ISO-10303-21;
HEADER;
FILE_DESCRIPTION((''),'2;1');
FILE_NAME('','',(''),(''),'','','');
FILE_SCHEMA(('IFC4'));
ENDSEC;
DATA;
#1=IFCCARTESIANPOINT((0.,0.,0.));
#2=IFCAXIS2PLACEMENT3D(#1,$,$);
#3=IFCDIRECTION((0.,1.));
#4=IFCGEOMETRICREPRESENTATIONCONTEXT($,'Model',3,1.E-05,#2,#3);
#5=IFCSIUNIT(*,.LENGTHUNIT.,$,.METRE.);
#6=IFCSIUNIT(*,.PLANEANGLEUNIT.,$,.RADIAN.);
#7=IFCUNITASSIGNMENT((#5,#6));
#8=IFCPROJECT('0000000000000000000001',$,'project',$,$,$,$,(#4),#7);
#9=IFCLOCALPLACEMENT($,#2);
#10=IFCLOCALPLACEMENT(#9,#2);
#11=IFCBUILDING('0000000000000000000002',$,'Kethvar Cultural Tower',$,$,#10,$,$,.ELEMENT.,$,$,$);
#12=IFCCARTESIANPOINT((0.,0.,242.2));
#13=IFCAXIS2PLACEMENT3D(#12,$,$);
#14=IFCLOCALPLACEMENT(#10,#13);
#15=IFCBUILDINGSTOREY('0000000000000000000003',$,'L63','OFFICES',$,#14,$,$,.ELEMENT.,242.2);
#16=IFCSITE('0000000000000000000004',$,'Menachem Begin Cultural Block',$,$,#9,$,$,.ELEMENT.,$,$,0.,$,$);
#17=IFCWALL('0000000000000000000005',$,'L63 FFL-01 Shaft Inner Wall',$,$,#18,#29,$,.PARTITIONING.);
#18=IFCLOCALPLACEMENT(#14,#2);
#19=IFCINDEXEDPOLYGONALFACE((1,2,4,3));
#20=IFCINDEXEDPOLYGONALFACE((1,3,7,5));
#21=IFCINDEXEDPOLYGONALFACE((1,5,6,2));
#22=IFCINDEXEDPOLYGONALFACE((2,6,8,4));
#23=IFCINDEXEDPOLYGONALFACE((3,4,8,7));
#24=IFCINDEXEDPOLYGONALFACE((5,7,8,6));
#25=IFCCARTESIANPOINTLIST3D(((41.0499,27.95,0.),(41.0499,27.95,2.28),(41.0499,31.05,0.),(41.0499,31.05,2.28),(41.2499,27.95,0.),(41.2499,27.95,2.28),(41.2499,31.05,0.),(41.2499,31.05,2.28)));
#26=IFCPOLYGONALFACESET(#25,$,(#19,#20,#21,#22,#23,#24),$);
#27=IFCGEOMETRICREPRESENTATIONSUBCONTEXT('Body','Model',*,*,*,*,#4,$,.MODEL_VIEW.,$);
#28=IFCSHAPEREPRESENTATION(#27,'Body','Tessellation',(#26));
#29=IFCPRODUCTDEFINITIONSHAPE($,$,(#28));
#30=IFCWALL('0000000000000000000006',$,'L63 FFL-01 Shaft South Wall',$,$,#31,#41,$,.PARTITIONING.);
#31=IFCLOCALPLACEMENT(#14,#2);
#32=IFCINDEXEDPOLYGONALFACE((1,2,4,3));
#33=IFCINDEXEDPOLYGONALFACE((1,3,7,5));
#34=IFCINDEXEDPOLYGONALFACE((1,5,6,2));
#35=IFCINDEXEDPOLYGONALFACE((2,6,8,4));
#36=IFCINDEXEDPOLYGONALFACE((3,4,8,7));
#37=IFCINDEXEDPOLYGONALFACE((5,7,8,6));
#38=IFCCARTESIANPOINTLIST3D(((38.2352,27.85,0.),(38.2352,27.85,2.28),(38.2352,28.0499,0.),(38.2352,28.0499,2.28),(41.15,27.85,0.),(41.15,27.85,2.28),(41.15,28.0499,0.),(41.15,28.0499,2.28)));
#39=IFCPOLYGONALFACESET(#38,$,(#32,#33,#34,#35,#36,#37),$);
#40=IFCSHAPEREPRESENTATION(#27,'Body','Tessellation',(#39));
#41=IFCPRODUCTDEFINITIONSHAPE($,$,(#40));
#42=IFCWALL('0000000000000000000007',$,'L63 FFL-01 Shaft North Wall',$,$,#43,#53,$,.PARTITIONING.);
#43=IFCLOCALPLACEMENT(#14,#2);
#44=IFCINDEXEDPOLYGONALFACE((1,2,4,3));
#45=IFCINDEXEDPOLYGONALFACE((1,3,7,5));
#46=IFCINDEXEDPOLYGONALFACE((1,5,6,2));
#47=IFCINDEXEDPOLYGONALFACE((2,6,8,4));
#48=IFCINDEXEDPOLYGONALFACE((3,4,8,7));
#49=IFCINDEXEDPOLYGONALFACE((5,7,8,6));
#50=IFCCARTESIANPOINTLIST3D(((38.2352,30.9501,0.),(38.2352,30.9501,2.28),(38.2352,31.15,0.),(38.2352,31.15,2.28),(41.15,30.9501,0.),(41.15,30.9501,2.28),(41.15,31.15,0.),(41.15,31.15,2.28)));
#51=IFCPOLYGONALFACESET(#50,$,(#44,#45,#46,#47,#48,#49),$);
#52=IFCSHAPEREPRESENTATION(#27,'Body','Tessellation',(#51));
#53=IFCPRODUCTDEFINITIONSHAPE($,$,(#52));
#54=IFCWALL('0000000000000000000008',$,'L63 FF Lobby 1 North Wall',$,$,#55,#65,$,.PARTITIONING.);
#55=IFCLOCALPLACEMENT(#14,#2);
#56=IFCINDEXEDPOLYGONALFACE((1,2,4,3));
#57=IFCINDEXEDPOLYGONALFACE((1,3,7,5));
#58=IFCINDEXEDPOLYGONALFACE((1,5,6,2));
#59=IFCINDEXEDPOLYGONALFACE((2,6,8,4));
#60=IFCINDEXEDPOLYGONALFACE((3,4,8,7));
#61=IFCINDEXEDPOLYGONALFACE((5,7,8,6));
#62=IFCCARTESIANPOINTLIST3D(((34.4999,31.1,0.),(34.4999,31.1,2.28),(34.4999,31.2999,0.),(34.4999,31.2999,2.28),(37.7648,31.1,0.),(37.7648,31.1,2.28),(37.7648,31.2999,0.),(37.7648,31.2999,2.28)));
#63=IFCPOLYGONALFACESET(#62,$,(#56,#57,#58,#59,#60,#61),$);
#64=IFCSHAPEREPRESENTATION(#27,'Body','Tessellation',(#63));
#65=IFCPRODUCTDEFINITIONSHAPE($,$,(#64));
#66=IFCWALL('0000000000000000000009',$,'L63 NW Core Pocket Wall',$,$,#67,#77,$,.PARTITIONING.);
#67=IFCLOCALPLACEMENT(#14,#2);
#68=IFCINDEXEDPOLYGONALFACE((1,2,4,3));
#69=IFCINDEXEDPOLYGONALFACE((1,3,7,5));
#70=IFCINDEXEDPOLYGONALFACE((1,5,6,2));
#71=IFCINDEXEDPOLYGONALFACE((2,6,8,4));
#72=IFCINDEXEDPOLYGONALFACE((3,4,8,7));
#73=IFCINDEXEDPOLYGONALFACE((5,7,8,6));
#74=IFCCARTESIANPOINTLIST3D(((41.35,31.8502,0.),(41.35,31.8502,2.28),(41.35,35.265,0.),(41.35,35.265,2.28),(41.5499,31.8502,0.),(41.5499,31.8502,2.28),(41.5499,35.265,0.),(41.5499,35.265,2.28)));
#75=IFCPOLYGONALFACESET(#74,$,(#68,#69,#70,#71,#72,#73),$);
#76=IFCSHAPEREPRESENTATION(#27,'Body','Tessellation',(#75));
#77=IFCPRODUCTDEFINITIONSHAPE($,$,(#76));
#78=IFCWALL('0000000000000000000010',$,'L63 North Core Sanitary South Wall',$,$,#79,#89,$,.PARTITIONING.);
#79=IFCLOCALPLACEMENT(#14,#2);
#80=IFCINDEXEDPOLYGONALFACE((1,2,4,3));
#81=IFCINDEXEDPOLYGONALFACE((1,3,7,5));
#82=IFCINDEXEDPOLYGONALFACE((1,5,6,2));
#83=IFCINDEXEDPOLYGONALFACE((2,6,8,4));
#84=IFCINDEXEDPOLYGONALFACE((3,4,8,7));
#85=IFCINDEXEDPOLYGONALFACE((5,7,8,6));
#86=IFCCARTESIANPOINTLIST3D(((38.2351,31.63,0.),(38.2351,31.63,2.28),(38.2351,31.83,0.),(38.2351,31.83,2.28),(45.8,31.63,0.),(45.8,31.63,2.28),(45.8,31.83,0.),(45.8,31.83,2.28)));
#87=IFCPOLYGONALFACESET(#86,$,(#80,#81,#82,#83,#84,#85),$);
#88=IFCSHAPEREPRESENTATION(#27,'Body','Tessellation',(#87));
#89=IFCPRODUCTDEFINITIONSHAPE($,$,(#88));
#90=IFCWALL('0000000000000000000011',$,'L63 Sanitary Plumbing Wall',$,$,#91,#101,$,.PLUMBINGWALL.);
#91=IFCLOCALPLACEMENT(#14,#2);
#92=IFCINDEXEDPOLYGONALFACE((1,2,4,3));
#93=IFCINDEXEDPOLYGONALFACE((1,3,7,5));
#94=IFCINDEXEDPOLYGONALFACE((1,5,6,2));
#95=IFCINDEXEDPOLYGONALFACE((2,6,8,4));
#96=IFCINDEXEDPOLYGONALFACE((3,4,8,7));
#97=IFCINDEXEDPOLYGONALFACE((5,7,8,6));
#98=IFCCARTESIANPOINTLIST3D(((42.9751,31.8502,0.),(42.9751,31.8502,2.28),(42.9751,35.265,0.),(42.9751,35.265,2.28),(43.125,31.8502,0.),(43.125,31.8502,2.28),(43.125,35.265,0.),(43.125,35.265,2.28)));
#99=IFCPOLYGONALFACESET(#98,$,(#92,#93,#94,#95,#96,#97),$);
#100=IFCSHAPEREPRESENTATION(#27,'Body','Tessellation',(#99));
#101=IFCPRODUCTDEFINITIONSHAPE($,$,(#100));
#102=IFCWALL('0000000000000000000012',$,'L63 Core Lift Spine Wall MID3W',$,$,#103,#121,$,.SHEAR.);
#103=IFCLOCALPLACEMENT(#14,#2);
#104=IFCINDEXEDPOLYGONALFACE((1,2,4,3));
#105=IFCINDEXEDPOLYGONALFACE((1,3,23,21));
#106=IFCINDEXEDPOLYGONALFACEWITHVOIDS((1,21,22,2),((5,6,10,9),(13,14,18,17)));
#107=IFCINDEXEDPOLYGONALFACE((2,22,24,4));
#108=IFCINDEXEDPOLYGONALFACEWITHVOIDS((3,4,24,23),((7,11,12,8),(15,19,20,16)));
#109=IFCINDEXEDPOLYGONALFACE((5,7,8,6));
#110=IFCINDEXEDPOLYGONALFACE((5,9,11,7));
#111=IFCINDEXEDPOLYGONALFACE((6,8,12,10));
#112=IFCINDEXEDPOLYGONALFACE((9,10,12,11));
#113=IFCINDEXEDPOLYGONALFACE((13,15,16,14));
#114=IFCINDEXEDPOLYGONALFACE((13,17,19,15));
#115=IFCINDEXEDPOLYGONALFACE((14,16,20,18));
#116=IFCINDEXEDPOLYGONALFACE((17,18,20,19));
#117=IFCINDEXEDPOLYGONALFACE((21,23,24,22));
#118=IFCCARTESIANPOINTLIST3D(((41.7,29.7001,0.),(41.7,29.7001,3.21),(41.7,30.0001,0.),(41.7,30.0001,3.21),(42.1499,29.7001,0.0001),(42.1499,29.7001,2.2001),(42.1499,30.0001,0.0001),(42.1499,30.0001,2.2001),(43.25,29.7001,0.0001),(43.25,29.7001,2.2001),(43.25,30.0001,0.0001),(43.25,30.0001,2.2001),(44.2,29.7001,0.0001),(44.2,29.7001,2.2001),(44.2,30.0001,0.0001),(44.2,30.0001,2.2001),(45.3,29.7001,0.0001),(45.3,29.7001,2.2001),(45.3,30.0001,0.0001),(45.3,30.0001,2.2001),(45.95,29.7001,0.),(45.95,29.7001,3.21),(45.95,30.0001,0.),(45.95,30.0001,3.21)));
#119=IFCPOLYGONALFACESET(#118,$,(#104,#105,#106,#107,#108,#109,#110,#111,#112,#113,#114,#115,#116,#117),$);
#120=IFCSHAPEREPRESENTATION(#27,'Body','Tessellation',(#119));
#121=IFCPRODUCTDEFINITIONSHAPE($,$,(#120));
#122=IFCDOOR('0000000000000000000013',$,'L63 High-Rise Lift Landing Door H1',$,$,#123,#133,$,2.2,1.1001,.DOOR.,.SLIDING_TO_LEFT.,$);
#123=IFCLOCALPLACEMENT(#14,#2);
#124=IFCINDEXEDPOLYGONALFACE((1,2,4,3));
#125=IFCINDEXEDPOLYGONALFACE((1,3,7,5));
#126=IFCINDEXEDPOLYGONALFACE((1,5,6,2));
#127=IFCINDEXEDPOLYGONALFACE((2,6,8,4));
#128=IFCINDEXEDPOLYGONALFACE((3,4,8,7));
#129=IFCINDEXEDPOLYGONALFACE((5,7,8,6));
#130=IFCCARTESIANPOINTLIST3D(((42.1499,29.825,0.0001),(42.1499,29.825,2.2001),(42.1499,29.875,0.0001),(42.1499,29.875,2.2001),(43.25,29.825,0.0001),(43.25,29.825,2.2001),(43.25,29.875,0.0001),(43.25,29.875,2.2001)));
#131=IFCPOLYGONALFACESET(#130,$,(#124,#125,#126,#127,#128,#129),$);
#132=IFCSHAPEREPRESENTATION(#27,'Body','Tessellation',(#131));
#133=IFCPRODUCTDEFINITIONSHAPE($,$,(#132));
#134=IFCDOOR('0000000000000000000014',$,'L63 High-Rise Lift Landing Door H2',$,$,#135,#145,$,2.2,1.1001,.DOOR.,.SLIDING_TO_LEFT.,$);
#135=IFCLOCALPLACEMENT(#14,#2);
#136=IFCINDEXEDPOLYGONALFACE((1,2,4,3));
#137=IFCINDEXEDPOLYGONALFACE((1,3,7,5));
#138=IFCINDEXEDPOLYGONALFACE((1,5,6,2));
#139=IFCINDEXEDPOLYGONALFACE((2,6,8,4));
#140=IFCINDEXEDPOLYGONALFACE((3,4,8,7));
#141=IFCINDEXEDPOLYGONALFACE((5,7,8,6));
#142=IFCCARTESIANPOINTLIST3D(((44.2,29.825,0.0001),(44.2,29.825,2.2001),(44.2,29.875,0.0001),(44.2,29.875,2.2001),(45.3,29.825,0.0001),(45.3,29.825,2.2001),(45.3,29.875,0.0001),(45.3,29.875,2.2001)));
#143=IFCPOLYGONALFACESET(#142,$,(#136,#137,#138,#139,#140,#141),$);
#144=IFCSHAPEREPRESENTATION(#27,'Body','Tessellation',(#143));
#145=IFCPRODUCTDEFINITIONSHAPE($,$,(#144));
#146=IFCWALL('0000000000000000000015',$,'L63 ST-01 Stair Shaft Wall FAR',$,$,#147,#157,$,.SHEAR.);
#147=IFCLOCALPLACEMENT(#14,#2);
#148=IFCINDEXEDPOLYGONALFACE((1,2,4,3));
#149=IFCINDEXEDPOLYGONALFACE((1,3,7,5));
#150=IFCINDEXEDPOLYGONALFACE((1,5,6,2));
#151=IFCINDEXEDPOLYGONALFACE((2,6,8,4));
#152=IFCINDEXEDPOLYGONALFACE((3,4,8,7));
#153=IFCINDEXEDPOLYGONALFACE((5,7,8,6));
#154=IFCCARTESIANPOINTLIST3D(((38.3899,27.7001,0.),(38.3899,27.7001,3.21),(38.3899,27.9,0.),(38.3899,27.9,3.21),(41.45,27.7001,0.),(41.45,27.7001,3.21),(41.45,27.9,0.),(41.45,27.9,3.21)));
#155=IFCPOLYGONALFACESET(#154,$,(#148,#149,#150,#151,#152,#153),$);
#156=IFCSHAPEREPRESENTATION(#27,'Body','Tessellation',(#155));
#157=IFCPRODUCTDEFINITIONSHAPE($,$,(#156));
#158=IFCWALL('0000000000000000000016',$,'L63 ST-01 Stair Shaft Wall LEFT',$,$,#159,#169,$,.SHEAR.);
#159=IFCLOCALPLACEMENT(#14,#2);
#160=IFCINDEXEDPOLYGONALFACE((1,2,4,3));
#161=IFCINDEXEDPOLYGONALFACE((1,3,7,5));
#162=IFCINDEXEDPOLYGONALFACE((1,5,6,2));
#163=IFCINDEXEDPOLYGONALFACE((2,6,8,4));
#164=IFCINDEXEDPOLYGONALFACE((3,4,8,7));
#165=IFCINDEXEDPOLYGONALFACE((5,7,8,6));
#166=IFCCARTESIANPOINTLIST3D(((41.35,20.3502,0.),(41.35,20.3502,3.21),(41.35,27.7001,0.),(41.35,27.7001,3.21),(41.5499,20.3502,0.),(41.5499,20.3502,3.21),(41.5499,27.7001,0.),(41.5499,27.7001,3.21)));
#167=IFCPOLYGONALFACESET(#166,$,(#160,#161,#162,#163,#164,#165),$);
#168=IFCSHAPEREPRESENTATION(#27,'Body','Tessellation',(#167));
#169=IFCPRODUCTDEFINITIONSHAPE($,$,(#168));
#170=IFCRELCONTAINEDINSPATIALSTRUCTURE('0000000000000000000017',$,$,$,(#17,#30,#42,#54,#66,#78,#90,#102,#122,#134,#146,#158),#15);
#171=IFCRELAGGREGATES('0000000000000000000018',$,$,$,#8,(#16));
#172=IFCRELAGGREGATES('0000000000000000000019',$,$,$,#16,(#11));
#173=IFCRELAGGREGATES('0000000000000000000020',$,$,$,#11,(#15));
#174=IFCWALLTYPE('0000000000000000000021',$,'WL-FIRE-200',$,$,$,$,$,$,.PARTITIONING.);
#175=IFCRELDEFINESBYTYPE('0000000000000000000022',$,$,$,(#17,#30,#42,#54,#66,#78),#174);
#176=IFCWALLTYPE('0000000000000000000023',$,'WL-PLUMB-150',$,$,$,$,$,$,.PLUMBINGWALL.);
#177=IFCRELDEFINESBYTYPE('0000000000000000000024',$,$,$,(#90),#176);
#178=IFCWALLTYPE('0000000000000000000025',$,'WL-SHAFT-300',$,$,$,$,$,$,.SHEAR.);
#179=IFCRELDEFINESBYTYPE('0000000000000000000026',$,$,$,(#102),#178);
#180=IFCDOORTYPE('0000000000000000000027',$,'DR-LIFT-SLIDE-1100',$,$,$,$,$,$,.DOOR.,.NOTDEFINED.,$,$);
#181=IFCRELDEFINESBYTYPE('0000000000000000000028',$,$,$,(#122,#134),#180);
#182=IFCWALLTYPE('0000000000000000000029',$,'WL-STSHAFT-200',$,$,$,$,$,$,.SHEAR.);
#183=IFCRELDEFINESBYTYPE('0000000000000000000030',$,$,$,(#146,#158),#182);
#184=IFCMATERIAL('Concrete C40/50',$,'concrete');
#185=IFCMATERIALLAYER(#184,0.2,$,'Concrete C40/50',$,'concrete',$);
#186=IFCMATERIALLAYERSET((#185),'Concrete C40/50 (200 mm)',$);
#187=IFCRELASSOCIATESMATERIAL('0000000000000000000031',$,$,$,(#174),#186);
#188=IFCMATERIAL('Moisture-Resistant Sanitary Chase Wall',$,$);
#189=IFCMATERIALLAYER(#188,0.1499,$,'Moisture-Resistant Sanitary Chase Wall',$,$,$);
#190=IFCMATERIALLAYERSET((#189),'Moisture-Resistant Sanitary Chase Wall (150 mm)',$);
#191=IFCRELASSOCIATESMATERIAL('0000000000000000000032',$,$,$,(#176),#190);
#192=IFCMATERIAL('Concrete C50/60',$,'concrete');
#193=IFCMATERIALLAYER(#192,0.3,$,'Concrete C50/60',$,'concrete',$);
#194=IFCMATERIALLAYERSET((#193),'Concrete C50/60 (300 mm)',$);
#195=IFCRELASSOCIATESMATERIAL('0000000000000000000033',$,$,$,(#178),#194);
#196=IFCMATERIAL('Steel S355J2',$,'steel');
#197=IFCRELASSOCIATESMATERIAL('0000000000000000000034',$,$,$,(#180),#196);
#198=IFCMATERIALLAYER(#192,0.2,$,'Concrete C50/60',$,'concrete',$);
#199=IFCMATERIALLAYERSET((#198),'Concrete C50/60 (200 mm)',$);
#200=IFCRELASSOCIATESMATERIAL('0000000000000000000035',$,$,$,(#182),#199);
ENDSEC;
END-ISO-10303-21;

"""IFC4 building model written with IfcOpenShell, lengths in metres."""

from ifc_helpers import new_model, si_unit, direction, frame, frame_2d, origin, place, context, subcontext, project, spatial, rectangle, extrude, source, transform, mapped, material, layer, layer_set, type_object, element, fill, save


model = new_model("IFC4")

# Units and contexts
model_context = context("Model", 3, precision=1e-05, world=origin(), true_north=direction((0.0, 1.0)))
body_context = subcontext(model_context, "Body", "Model", "MODEL_VIEW")
ifc_project = project(units=[si_unit("LENGTHUNIT", "METRE"), si_unit("PLANEANGLEUNIT", "RADIAN")], contexts=[model_context])

# Site, building, storey
site_placement = place(None, origin())
site = spatial("IfcSite", under=ifc_project, at=site_placement, Name="Menachem Begin Cultural Block", CompositionType="ELEMENT", RefElevation=0.0)
building_placement = place(site_placement, origin())
building = spatial("IfcBuilding", under=site, at=building_placement, Name="Kethvar Cultural Tower", CompositionType="ELEMENT")
storey_placement = place(building_placement, frame((0.0, 0.0, 242.2)))
storey = spatial("IfcBuildingStorey", under=building, at=storey_placement, Name="L63", Description="OFFICES", CompositionType="ELEMENT", Elevation=242.2)

# Shared definitions
ifc_material_1 = material(Name="Steel S355J2", Category="steel")

# Walls
ifc_material_2 = material(Name="Concrete C40/50", Category="concrete")
ifc_layer_1 = layer(ifc_material_2, 0.2, Name="Concrete C40/50", Category="concrete")
ifc_layer_set_1 = layer_set([ifc_layer_1], Name="Concrete C40/50 (200 mm)")
wall_type_1 = type_object("IfcWallType", Name="WL-FIRE-200", PredefinedType="PARTITIONING", material=ifc_layer_set_1)
wall_1_placement = place(storey_placement, frame((41.1499, 27.95, 0.0), z_axis=(0.0, 0.0, 1.0), x_axis=(0.0, 1.0, 0.0)))
element("IfcWall", 1, at=wall_1_placement, inside=storey, type_object=wall_type_1, Name="L63 FFL-01 Shaft Inner Wall", PredefinedType="PARTITIONING", context=body_context, shape_type="SweptSolid", body=[
    extrude(rectangle(XDim=3.1001, YDim=0.2, at=frame_2d((1.55, 0.0))), origin(), (0.0, 0.0, 1.0), 2.28),
])
for number, where, z_axis, x_axis, name in (
    (2, (38.2351, 27.95, 0.0), (0.0, 0.0, 1.0), (1.0, 0.0, 0.0), "L63 FFL-01 Shaft South Wall"),
    (3, (38.2351, 31.05, 0.0), (0.0, 0.0, 1.0), (1.0, 0.0, 0.0), "L63 FFL-01 Shaft North Wall"),
):
    element("IfcWall", number, at=place(storey_placement, frame(where, z_axis=z_axis, x_axis=x_axis)), inside=storey, type_object=wall_type_1, Name=name, PredefinedType="PARTITIONING", context=body_context, shape_type="SweptSolid", body=[
        extrude(rectangle(XDim=2.9148, YDim=0.2, at=frame_2d((1.4575, 0.0))), origin(), (0.0, 0.0, 1.0), 2.28),
    ])

# Walls
wall_2_placement = place(storey_placement, frame((34.5, 31.2, 0.0), z_axis=(0.0, 0.0, 1.0), x_axis=(1.0, 0.0, 0.0)))
element("IfcWall", 4, at=wall_2_placement, inside=storey, type_object=wall_type_1, Name="L63 FF Lobby 1 North Wall", PredefinedType="PARTITIONING", context=body_context, shape_type="SweptSolid", body=[
    extrude(rectangle(XDim=3.2649, YDim=0.2, at=frame_2d((1.6323, 0.0))), origin(), (0.0, 0.0, 1.0), 2.28),
])
wall_3_placement = place(storey_placement, frame((41.45, 31.8501, 0.0), z_axis=(0.0, 0.0, 1.0), x_axis=(0.0, 1.0, 0.0)))
element("IfcWall", 5, at=wall_3_placement, inside=storey, type_object=wall_type_1, Name="L63 NW Core Pocket Wall", PredefinedType="PARTITIONING", context=body_context, shape_type="SweptSolid", body=[
    extrude(rectangle(XDim=3.4148, YDim=0.2, at=frame_2d((1.7075, 0.0))), origin(), (0.0, 0.0, 1.0), 2.28),
])
wall_4_placement = place(storey_placement, frame((38.2351, 31.73, 0.0), z_axis=(0.0, 0.0, 1.0), x_axis=(1.0, 0.0, 0.0)))
element("IfcWall", 6, at=wall_4_placement, inside=storey, type_object=wall_type_1, Name="L63 North Core Sanitary South Wall", PredefinedType="PARTITIONING", context=body_context, shape_type="SweptSolid", body=[
    extrude(rectangle(XDim=7.5649, YDim=0.2, at=frame_2d((3.7825, 0.0))), origin(), (0.0, 0.0, 1.0), 2.28),
])
ifc_material_3 = material(Name="Moisture-Resistant Sanitary Chase Wall")
ifc_layer_2 = layer(ifc_material_3, 0.1499, Name="Moisture-Resistant Sanitary Chase Wall")
ifc_layer_set_2 = layer_set([ifc_layer_2], Name="Moisture-Resistant Sanitary Chase Wall (150 mm)")
wall_type_2 = type_object("IfcWallType", Name="WL-PLUMB-150", PredefinedType="PLUMBINGWALL", material=ifc_layer_set_2)
wall_5_placement = place(storey_placement, frame((43.05, 31.8501, 0.0), z_axis=(0.0, 0.0, 1.0), x_axis=(0.0, 1.0, 0.0)))
element("IfcWall", 7, at=wall_5_placement, inside=storey, type_object=wall_type_2, Name="L63 Sanitary Plumbing Wall", PredefinedType="PLUMBINGWALL", context=body_context, shape_type="SweptSolid", body=[
    extrude(rectangle(XDim=3.4148, YDim=0.1499, at=frame_2d((1.7075, 0.0))), origin(), (0.0, 0.0, 1.0), 2.28),
])

# Shared definitions
ifc_material_4 = material(Name="Concrete C50/60", Category="concrete")
ifc_layer_3 = layer(ifc_material_4, 0.3, Name="Concrete C50/60", Category="concrete")
ifc_layer_set_3 = layer_set([ifc_layer_3], Name="Concrete C50/60 (300 mm)")
wall_type_3 = type_object("IfcWallType", Name="WL-SHAFT-300", PredefinedType="SHEAR", material=ifc_layer_set_3)

# Wall, openings, doors
wall_6_placement = place(storey_placement, frame((41.7, 29.8501, 0.0), z_axis=(0.0, 0.0, 1.0), x_axis=(1.0, 0.0, 0.0)))
wall_6 = element("IfcWall", 8, at=wall_6_placement, inside=storey, type_object=wall_type_3, Name="L63 Core Lift Spine Wall MID3W", PredefinedType="SHEAR", context=body_context, shape_type="SweptSolid", body=[
    extrude(rectangle(XDim=4.25, YDim=0.3, at=frame_2d((2.125, 0.0))), origin(), (0.0, 0.0, 1.0), 3.21),
])
opening_1_placement = place(wall_6_placement, frame((0.45, 0.0, 0.0)))
opening_1 = element("IfcOpeningElement", 9, at=opening_1_placement, cuts=wall_6, PredefinedType="OPENING", context=body_context, shape_type="SweptSolid", body=[
    extrude(rectangle(XDim=1.1001, YDim=2.2, at=frame_2d((0.55, 1.1001))), frame((0.0, 0.1599, 0.0), z_axis=(0.0, -1.0, 0.0), x_axis=(1.0, 0.0, 0.0)), (0.0, 0.0, 1.0), 0.3201),
])
opening_2_placement = place(wall_6_placement, frame((2.5, 0.0, 0.0)))
opening_2 = element("IfcOpeningElement", 10, at=opening_2_placement, cuts=wall_6, PredefinedType="OPENING", context=body_context, shape_type="SweptSolid", body=[
    extrude(rectangle(XDim=1.1001, YDim=2.2, at=frame_2d((0.55, 1.1001))), frame((0.0, 0.1599, 0.0), z_axis=(0.0, -1.0, 0.0), x_axis=(1.0, 0.0, 0.0)), (0.0, 0.0, 1.0), 0.3201),
])
door_type_1 = type_object("IfcDoorType", Name="DR-LIFT-SLIDE-1100", OperationType="NOTDEFINED", PredefinedType="DOOR", material=ifc_material_1)
shared_shape_1 = source(origin(), body_context, "Body", "SweptSolid", [
    extrude(rectangle(XDim=1.1001, YDim=2.2, at=frame_2d((0.55, 1.1001))), frame((0.0, 0.0249, 0.0), z_axis=(0.0, -1.0, 0.0), x_axis=(1.0, 0.0, 0.0)), (0.0, 0.0, 1.0), 0.05),
])
door_1_placement = place(opening_1_placement, origin())
door_1 = element("IfcDoor", 11, at=door_1_placement, inside=storey, type_object=door_type_1, Name="L63 High-Rise Lift Landing Door H1", OperationType="SLIDING_TO_LEFT", OverallHeight=2.2, OverallWidth=1.1001, PredefinedType="DOOR", context=body_context, shape_type="MappedRepresentation", body=[
    mapped(shared_shape_1, transform((0.0, 0.0, 0.0), scale=1.0)),
])
fill(opening_1, door_1)
door_2_placement = place(opening_2_placement, origin())
door_2 = element("IfcDoor", 12, at=door_2_placement, inside=storey, type_object=door_type_1, Name="L63 High-Rise Lift Landing Door H2", OperationType="SLIDING_TO_LEFT", OverallHeight=2.2, OverallWidth=1.1001, PredefinedType="DOOR", context=body_context, shape_type="MappedRepresentation", body=[
    mapped(shared_shape_1, transform((0.0, 0.0, 0.0), scale=1.0)),
])
fill(opening_2, door_2)

# Walls
ifc_layer_4 = layer(ifc_material_4, 0.2, Name="Concrete C50/60", Category="concrete")
ifc_layer_set_4 = layer_set([ifc_layer_4], Name="Concrete C50/60 (200 mm)")
wall_type_4 = type_object("IfcWallType", Name="WL-STSHAFT-200", PredefinedType="SHEAR", material=ifc_layer_set_4)
wall_7_placement = place(storey_placement, frame((38.3899, 27.8, 0.0), z_axis=(0.0, 0.0, 1.0), x_axis=(1.0, 0.0, 0.0)))
element("IfcWall", 13, at=wall_7_placement, inside=storey, type_object=wall_type_4, Name="L63 ST-01 Stair Shaft Wall FAR", PredefinedType="SHEAR", context=body_context, shape_type="SweptSolid", body=[
    extrude(rectangle(XDim=3.0601, YDim=0.2, at=frame_2d((1.53, 0.0))), origin(), (0.0, 0.0, 1.0), 3.21),
])
wall_8_placement = place(storey_placement, frame((41.45, 27.7, 0.0), z_axis=(0.0, 0.0, 1.0), x_axis=(0.0, -1.0, 0.0)))
element("IfcWall", 14, at=wall_8_placement, inside=storey, type_object=wall_type_4, Name="L63 ST-01 Stair Shaft Wall LEFT", PredefinedType="SHEAR", context=body_context, shape_type="SweptSolid", body=[
    extrude(rectangle(XDim=7.3499, YDim=0.2, at=frame_2d((3.6748, 0.0))), origin(), (0.0, 0.0, 1.0), 3.21),
])

save(model, "model.ifc")
